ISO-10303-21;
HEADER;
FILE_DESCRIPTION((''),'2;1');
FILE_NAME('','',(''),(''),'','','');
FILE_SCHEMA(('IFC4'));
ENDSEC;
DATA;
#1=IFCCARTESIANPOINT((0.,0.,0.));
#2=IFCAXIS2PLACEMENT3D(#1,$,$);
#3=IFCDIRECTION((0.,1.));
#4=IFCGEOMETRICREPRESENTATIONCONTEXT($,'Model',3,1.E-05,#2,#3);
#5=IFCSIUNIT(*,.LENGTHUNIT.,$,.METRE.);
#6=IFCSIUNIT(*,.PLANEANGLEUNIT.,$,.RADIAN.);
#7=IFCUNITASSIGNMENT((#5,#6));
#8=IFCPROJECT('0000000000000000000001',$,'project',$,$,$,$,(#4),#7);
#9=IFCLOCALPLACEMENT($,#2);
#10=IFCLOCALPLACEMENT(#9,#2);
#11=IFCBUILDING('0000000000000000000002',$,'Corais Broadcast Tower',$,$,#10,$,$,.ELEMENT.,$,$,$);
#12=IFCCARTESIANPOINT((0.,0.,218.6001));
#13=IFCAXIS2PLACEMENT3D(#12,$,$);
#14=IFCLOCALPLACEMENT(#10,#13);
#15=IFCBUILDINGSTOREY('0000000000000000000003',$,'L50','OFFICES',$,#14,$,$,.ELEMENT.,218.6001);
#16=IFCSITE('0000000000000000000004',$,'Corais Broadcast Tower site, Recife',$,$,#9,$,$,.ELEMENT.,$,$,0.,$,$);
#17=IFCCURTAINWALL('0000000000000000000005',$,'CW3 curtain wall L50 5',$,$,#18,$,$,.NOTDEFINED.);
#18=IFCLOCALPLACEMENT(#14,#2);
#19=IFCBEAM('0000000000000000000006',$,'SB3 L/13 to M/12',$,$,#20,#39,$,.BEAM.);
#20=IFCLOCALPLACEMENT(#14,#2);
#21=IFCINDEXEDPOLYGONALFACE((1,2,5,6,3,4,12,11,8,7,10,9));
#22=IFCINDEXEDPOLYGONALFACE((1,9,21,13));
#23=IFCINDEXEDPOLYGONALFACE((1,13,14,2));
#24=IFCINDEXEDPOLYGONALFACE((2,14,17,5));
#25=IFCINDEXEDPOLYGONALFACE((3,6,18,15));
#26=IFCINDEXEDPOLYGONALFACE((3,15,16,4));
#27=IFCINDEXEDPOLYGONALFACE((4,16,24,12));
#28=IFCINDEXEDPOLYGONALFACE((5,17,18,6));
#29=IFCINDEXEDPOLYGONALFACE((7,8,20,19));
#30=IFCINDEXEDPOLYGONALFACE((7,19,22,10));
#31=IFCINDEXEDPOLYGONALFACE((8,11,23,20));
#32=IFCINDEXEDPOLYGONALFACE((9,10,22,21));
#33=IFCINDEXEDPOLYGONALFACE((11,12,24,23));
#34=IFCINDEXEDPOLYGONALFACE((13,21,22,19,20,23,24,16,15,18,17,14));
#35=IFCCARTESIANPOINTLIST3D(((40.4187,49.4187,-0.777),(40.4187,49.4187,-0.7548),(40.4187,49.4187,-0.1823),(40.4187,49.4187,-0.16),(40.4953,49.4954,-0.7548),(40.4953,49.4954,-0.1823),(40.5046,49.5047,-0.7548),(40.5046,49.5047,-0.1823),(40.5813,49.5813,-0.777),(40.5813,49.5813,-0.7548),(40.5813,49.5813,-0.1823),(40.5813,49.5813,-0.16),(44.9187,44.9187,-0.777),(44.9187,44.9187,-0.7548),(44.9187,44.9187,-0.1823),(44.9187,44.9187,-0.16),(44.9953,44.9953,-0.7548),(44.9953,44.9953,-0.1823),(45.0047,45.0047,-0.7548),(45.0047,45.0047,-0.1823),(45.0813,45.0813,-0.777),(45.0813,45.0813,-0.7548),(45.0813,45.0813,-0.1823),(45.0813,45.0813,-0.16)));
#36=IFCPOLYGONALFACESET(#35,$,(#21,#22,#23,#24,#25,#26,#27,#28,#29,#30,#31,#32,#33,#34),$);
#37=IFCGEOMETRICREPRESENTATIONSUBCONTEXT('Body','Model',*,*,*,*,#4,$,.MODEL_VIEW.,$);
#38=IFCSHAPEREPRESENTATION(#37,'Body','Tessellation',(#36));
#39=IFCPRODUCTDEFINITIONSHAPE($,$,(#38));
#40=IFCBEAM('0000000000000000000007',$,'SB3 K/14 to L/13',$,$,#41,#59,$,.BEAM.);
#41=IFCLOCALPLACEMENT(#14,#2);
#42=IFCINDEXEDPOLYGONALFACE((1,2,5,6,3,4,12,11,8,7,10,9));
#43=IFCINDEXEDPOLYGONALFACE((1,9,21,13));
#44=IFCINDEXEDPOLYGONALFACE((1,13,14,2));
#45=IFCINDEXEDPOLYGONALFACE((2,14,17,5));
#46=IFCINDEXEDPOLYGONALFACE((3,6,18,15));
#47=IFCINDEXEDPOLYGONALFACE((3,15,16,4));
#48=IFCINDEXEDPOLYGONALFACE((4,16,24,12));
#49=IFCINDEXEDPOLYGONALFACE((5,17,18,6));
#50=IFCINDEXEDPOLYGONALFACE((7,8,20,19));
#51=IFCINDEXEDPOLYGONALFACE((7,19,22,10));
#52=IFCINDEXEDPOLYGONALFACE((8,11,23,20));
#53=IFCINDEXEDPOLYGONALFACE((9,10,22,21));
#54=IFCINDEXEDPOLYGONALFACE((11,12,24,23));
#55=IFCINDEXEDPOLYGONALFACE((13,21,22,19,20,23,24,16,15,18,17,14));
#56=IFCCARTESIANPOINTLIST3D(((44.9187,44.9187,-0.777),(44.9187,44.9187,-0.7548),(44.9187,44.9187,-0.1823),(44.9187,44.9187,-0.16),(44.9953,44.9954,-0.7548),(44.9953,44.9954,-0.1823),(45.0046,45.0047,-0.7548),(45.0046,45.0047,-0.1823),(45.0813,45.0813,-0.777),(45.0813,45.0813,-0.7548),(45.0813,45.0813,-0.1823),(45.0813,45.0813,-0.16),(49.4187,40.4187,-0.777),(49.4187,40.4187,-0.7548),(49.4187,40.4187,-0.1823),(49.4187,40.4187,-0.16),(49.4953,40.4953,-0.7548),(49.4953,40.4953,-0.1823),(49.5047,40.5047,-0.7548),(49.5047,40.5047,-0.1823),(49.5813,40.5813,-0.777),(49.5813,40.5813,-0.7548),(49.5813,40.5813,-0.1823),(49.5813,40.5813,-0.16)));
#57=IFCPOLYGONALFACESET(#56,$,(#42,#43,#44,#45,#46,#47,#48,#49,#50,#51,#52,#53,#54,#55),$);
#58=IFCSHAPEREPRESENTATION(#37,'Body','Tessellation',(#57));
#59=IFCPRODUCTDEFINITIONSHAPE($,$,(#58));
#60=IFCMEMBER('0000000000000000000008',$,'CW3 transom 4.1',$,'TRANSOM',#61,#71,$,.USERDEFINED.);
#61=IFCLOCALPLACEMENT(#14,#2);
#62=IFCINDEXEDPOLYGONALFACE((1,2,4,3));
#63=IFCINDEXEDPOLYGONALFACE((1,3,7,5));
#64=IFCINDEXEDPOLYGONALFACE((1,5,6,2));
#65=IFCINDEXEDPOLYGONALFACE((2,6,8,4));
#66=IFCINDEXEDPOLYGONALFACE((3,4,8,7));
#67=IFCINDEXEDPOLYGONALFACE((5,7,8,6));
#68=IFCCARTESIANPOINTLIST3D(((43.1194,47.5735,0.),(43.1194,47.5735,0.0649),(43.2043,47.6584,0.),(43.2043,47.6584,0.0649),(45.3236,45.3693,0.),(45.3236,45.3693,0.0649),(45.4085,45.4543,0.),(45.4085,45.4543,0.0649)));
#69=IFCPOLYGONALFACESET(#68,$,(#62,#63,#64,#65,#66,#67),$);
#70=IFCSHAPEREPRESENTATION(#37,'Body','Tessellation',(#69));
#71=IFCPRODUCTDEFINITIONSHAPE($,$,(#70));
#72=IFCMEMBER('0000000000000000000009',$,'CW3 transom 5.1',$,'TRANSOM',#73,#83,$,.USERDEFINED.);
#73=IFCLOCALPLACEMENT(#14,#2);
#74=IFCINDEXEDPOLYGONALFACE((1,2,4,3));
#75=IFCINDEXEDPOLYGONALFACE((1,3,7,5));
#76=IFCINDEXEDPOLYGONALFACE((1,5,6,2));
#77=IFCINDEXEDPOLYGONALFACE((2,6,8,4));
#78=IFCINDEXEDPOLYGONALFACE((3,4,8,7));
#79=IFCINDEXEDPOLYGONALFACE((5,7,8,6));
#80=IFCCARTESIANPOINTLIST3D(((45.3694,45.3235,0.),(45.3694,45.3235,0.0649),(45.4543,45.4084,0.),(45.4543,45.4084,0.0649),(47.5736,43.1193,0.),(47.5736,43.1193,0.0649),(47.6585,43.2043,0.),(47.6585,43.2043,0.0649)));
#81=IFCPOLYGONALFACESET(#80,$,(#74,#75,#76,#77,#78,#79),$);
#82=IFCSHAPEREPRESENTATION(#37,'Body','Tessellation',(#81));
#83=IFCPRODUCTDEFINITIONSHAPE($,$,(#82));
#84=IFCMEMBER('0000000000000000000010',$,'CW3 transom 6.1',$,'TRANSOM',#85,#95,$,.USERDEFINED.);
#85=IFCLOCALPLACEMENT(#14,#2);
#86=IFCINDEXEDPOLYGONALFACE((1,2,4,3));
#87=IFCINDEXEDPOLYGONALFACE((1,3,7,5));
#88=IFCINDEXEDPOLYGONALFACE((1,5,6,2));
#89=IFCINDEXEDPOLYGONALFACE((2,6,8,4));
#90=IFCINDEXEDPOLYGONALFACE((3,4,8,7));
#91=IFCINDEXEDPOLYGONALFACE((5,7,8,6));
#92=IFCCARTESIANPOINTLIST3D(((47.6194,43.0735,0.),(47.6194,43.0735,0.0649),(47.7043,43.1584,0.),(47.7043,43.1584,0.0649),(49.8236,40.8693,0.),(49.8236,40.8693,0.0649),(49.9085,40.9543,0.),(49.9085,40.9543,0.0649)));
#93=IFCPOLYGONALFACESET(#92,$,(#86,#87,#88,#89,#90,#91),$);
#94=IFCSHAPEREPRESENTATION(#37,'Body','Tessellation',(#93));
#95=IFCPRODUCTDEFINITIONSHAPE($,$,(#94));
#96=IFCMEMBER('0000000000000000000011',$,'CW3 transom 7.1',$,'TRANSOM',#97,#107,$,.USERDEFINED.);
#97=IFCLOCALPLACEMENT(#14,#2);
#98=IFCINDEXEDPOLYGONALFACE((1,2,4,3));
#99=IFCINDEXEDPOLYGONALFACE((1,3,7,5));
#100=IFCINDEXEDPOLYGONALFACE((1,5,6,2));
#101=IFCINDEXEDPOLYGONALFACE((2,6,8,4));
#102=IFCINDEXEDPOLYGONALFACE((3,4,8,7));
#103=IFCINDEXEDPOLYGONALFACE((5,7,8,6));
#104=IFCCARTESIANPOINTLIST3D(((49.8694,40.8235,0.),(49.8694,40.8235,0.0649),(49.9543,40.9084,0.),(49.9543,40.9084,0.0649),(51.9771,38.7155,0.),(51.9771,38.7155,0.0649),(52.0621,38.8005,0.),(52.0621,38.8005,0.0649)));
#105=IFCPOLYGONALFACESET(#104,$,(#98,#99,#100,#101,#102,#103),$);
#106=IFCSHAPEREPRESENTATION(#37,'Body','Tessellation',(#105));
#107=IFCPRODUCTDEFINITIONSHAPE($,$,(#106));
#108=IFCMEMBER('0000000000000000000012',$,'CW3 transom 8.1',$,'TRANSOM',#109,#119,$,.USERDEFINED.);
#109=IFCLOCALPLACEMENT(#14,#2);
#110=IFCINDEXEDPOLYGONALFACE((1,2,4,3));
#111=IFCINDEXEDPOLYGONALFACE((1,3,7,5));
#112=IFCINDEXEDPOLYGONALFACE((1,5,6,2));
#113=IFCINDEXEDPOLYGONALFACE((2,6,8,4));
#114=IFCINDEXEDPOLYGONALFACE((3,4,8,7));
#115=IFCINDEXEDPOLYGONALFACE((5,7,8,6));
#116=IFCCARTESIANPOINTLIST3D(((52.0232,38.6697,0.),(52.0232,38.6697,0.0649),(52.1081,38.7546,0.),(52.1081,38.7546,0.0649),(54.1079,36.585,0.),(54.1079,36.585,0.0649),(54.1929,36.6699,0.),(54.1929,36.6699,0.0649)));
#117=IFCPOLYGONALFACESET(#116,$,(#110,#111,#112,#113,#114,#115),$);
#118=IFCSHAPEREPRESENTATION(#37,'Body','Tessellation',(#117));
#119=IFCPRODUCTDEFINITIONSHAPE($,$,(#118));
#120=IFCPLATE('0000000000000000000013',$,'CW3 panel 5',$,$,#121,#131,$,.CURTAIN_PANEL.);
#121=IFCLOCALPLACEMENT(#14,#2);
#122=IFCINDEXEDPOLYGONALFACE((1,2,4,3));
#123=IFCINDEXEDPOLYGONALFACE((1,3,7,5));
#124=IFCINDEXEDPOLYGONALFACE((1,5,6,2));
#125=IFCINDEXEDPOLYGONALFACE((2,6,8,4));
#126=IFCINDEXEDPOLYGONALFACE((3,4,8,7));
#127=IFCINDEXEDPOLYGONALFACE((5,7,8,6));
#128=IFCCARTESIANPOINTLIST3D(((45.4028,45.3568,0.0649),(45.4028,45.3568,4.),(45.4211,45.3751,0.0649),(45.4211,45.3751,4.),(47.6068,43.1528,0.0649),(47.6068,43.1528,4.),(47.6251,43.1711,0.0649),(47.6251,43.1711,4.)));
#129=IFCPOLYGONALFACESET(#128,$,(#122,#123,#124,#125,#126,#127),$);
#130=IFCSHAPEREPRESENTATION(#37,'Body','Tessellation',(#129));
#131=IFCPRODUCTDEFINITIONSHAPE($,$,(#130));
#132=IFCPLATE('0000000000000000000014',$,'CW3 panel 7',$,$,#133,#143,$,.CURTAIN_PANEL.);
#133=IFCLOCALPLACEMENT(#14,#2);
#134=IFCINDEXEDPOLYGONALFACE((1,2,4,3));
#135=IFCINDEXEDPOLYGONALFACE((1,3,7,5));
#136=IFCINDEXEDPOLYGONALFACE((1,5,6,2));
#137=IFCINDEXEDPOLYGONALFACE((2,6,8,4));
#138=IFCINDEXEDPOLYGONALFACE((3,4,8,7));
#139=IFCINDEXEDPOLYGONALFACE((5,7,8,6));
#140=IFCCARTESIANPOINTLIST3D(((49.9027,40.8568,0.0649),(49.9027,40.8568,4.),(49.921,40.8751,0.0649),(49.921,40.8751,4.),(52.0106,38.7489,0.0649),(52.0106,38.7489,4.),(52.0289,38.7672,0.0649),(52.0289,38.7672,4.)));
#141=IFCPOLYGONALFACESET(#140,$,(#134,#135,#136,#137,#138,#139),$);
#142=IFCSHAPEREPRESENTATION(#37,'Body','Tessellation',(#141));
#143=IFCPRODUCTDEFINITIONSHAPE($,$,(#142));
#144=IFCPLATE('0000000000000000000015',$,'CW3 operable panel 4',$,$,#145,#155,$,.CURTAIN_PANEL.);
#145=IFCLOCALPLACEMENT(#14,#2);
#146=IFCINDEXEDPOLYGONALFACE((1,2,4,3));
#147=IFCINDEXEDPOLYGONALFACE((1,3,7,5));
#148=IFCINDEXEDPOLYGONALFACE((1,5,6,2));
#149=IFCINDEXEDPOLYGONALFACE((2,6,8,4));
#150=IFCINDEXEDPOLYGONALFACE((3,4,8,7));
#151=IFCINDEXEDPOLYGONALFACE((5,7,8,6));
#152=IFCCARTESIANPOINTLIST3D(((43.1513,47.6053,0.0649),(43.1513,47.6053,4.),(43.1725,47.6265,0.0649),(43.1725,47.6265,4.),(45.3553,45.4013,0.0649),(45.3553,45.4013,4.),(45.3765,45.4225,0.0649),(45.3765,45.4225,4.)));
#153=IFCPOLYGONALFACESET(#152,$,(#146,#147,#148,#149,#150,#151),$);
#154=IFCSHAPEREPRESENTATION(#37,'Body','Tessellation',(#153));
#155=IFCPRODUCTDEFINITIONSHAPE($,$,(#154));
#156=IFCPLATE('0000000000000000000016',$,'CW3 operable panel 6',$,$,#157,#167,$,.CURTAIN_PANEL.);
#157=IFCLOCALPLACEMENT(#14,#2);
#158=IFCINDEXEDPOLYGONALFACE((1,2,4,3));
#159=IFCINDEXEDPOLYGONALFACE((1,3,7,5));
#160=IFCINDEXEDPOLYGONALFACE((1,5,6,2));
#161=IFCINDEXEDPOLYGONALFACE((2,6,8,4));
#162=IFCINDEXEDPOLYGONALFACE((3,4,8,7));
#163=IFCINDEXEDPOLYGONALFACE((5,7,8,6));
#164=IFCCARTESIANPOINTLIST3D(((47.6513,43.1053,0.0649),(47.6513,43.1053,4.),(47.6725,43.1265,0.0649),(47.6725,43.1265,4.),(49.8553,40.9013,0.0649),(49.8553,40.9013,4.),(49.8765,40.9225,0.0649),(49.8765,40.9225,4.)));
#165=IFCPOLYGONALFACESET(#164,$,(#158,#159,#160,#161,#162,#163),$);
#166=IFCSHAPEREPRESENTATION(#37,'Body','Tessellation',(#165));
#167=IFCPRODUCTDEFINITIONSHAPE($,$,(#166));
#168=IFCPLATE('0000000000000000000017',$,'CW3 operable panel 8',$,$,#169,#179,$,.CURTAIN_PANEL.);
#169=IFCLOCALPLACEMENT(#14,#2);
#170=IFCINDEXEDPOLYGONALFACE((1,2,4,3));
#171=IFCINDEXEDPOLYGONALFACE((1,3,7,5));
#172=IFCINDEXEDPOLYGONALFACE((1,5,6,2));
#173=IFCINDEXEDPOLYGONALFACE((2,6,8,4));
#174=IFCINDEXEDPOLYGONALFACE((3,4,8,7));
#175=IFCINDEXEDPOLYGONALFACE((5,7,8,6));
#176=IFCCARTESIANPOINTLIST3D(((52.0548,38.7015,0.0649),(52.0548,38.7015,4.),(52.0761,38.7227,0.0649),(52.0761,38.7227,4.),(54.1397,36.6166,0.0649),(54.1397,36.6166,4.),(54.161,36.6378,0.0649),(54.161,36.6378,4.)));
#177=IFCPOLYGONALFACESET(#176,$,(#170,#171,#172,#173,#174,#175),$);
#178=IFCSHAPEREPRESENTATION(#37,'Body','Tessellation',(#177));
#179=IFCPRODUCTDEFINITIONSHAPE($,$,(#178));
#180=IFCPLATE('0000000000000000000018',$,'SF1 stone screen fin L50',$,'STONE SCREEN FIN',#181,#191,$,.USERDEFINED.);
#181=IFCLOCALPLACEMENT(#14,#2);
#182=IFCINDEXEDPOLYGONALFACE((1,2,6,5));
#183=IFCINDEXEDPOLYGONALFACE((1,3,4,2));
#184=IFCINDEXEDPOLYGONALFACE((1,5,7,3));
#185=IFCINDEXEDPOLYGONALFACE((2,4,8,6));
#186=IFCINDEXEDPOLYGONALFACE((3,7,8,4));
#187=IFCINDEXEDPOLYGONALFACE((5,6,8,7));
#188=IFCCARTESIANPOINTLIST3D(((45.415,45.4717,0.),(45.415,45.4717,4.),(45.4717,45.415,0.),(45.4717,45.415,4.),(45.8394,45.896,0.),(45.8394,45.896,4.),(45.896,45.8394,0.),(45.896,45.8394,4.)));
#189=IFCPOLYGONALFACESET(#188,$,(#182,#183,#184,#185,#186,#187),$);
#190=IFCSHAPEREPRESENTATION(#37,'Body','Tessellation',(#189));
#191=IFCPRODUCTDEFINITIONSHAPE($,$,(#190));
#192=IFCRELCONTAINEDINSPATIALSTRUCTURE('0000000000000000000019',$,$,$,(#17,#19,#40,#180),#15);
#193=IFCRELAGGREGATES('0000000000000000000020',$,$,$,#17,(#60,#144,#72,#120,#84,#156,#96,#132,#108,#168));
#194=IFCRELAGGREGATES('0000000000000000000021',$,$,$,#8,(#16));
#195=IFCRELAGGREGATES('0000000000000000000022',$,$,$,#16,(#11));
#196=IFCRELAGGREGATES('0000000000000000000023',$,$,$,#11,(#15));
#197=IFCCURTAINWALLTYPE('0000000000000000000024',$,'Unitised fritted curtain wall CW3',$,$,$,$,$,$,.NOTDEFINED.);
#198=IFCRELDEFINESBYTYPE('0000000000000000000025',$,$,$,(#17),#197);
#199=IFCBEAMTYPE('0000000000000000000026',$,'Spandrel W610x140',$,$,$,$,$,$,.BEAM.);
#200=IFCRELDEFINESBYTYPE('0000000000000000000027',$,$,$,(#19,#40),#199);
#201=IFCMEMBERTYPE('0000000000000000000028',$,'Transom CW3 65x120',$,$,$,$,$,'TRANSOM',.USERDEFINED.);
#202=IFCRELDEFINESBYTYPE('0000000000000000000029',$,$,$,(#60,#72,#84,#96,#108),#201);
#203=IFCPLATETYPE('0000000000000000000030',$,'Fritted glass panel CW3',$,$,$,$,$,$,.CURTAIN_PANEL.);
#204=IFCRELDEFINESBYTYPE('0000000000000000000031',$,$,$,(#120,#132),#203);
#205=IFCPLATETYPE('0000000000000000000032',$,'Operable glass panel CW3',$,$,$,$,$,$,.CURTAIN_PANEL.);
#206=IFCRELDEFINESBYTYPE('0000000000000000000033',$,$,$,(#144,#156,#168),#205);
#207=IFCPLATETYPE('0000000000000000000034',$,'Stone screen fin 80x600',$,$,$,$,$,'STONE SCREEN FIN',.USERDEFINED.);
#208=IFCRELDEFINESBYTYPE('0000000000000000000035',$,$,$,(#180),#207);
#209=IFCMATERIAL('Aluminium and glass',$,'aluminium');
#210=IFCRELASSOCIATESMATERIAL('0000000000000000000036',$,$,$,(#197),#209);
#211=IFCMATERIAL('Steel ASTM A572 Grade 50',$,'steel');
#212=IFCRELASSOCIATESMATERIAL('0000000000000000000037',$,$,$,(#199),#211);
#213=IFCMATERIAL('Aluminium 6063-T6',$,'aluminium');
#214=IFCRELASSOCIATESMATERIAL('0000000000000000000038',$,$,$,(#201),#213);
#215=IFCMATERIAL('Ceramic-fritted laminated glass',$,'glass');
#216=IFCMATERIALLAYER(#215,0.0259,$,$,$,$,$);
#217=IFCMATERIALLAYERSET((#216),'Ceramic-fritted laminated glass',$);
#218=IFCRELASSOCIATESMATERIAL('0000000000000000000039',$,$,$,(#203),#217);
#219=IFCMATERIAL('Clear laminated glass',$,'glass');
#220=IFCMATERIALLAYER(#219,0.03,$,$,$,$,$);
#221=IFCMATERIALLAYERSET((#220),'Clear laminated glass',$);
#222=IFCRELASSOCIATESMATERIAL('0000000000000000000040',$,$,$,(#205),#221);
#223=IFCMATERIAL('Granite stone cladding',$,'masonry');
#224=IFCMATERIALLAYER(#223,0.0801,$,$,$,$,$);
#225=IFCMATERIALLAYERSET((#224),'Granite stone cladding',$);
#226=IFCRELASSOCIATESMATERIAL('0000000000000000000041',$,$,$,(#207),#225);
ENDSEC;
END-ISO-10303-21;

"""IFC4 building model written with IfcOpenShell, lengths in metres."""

from ifc_helpers import new_model, si_unit, direction, frame, origin, origin_2d, place, context, subcontext, project, spatial, rectangle, i_section, extrude, material, layer, layer_set, material_profile, profile_set, type_object, element, aggregate, save


model = new_model("IFC4")

# Units and contexts
model_context = context("Model", 3, precision=1e-05, world=origin(), true_north=direction((0.0, 1.0)))
body_context = subcontext(model_context, "Body", "Model", "MODEL_VIEW")
ifc_project = project(units=[si_unit("LENGTHUNIT", "METRE"), si_unit("PLANEANGLEUNIT", "RADIAN")], contexts=[model_context])

# Site, building, storey
site_placement = place(None, origin())
site = spatial("IfcSite", under=ifc_project, at=site_placement, Name="Corais Broadcast Tower site, Recife", CompositionType="ELEMENT", RefElevation=0.0)
building_placement = place(site_placement, origin())
building = spatial("IfcBuilding", under=site, at=building_placement, Name="Corais Broadcast Tower", CompositionType="ELEMENT")
storey_placement = place(building_placement, frame((0.0, 0.0, 218.6001)))
storey = spatial("IfcBuildingStorey", under=building, at=storey_placement, Name="L50", Description="OFFICES", CompositionType="ELEMENT", Elevation=218.6001)

# Curtain wall
ifc_material_1 = material(Name="Aluminium and glass", Category="aluminium")
curtain_wall_type = type_object("IfcCurtainWallType", Name="Unitised fritted curtain wall CW3", PredefinedType="NOTDEFINED", material=ifc_material_1)
curtain_wall_1_placement = place(storey_placement, origin())
curtain_wall_1 = element("IfcCurtainWall", 1, at=curtain_wall_1_placement, inside=storey, type_object=curtain_wall_type, Name="CW3 curtain wall L50 5", PredefinedType="NOTDEFINED")

# Beams
ifc_material_2 = material(Name="Steel ASTM A572 Grade 50", Category="steel")
ifc_material_profile_1 = material_profile(ifc_material_2, i_section(OverallWidth=0.23, OverallDepth=0.6169, WebThickness=0.0132, FlangeThickness=0.0222, at=origin_2d()), Name="W610x140")
ifc_profile_set_1 = profile_set([ifc_material_profile_1], Name="Steel ASTM A572 Grade 50")
beam_type_1 = type_object("IfcBeamType", Name="Spandrel W610x140", PredefinedType="BEAM", material=ifc_profile_set_1)
for number, where, z_axis, x_axis, name in (
    (2, (45.0, 45.0, -0.4685), (-0.707107, 0.707107, 0.0), (-0.707107, -0.707107, 0.0), "SB3 L/13 to M/12"),
    (3, (49.5, 40.5, -0.4685), (-0.707107, 0.707107, 0.0), (-0.707107, -0.707107, 0.0), "SB3 K/14 to L/13"),
):
    element("IfcBeam", number, at=place(storey_placement, frame(where, z_axis=z_axis, x_axis=x_axis)), inside=storey, type_object=beam_type_1, Name=name, PredefinedType="BEAM", context=body_context, shape_type="SweptSolid", body=[
        extrude(i_section(OverallWidth=0.23, OverallDepth=0.6169, WebThickness=0.0132, FlangeThickness=0.0222, at=origin_2d()), origin(), (0.0, 0.0, 1.0), 6.364),
    ])

# Members
ifc_material_3 = material(Name="Aluminium 6063-T6", Category="aluminium")
ifc_material_profile_2 = material_profile(ifc_material_3, rectangle(XDim=0.1201, YDim=0.0649, at=origin_2d()), Name="Transom CW3 65x120")
ifc_profile_set_2 = profile_set([ifc_material_profile_2], Name="Aluminium 6063-T6")
member_type_1 = type_object("IfcMemberType", Name="Transom CW3 65x120", ElementType="TRANSOM", PredefinedType="USERDEFINED", material=ifc_profile_set_2)
member_1_placement = place(storey_placement, frame((43.1619, 47.616, 0.0325), z_axis=(0.707107, -0.707107, 0.0), x_axis=(0.707107, 0.707107, 0.0)))
member_1 = element("IfcMember", 4, at=member_1_placement, type_object=member_type_1, Name="CW3 transom 4.1", ObjectType="TRANSOM", PredefinedType="USERDEFINED", context=body_context, shape_type="SweptSolid", body=[
    extrude(rectangle(XDim=0.1201, YDim=0.0649, at=origin_2d()), origin(), (0.0, 0.0, 1.0), 3.1172),
])
member_2_placement = place(storey_placement, frame((45.4119, 45.366, 0.0325), z_axis=(0.707107, -0.707107, 0.0), x_axis=(0.707107, 0.707107, 0.0)))
member_2 = element("IfcMember", 5, at=member_2_placement, type_object=member_type_1, Name="CW3 transom 5.1", ObjectType="TRANSOM", PredefinedType="USERDEFINED", context=body_context, shape_type="SweptSolid", body=[
    extrude(rectangle(XDim=0.1201, YDim=0.0649, at=origin_2d()), origin(), (0.0, 0.0, 1.0), 3.1172),
])
member_3_placement = place(storey_placement, frame((47.6619, 43.116, 0.0325), z_axis=(0.707107, -0.707107, 0.0), x_axis=(0.707107, 0.707107, 0.0)))
member_3 = element("IfcMember", 6, at=member_3_placement, type_object=member_type_1, Name="CW3 transom 6.1", ObjectType="TRANSOM", PredefinedType="USERDEFINED", context=body_context, shape_type="SweptSolid", body=[
    extrude(rectangle(XDim=0.1201, YDim=0.0649, at=origin_2d()), origin(), (0.0, 0.0, 1.0), 3.1172),
])
member_4_placement = place(storey_placement, frame((49.9119, 40.866, 0.0325), z_axis=(0.707066, -0.707148, 0.0), x_axis=(0.707148, 0.707066, 0.0)))
member_4 = element("IfcMember", 7, at=member_4_placement, type_object=member_type_1, Name="CW3 transom 7.1", ObjectType="TRANSOM", PredefinedType="USERDEFINED", context=body_context, shape_type="SweptSolid", body=[
    extrude(rectangle(XDim=0.1201, YDim=0.0649, at=origin_2d()), origin(), (0.0, 0.0, 1.0), 2.981),
])
member_5_placement = place(storey_placement, frame((52.0657, 38.7122, 0.0325), z_axis=(0.707107, -0.707107, 0.0), x_axis=(0.707107, 0.707107, 0.0)))
member_5 = element("IfcMember", 8, at=member_5_placement, type_object=member_type_1, Name="CW3 transom 8.1", ObjectType="TRANSOM", PredefinedType="USERDEFINED", context=body_context, shape_type="SweptSolid", body=[
    extrude(rectangle(XDim=0.1201, YDim=0.0649, at=origin_2d()), origin(), (0.0, 0.0, 1.0), 2.9482),
])

# Plates
ifc_material_4 = material(Name="Ceramic-fritted laminated glass", Category="glass")
ifc_layer_1 = layer(ifc_material_4, 0.0259)
ifc_layer_set_1 = layer_set([ifc_layer_1], Name="Ceramic-fritted laminated glass")
plate_type_1 = type_object("IfcPlateType", Name="Fritted glass panel CW3", PredefinedType="CURTAIN_PANEL", material=ifc_layer_set_1)
plate_1_placement = place(storey_placement, frame((46.5139, 44.2639, 0.0649), z_axis=(0.0, 0.0, 1.0), x_axis=(0.707107, -0.707107, 0.0)))
plate_1 = element("IfcPlate", 9, at=plate_1_placement, type_object=plate_type_1, Name="CW3 panel 5", PredefinedType="CURTAIN_PANEL", context=body_context, shape_type="SweptSolid", body=[
    extrude(rectangle(XDim=3.1169, YDim=0.0259, at=origin_2d()), origin(), (0.0, 0.0, 1.0), 3.9351),
])
plate_2_placement = place(storey_placement, frame((50.9658, 39.812, 0.0649), z_axis=(0.0, 0.0, 1.0), x_axis=(0.707107, -0.707107, 0.0)))
plate_2 = element("IfcPlate", 10, at=plate_2_placement, type_object=plate_type_1, Name="CW3 panel 7", PredefinedType="CURTAIN_PANEL", context=body_context, shape_type="SweptSolid", body=[
    extrude(rectangle(XDim=2.981, YDim=0.0259, at=origin_2d()), origin(), (0.0, 0.0, 1.0), 3.9351),
])
ifc_material_5 = material(Name="Clear laminated glass", Category="glass")
ifc_layer_2 = layer(ifc_material_5, 0.03)
ifc_layer_set_2 = layer_set([ifc_layer_2], Name="Clear laminated glass")
plate_type_2 = type_object("IfcPlateType", Name="Operable glass panel CW3", PredefinedType="CURTAIN_PANEL", material=ifc_layer_set_2)
plate_3_placement = place(storey_placement, frame((44.2639, 46.5139, 0.0649), z_axis=(0.0, 0.0, 1.0), x_axis=(0.707107, -0.707107, 0.0)))
plate_3 = element("IfcPlate", 11, at=plate_3_placement, type_object=plate_type_2, Name="CW3 operable panel 4", PredefinedType="CURTAIN_PANEL", context=body_context, shape_type="SweptSolid", body=[
    extrude(rectangle(XDim=3.1169, YDim=0.03, at=origin_2d()), origin(), (0.0, 0.0, 1.0), 3.9351),
])
plate_4_placement = place(storey_placement, frame((48.7639, 42.0139, 0.0649), z_axis=(0.0, 0.0, 1.0), x_axis=(0.707107, -0.707107, 0.0)))
plate_4 = element("IfcPlate", 12, at=plate_4_placement, type_object=plate_type_2, Name="CW3 operable panel 6", PredefinedType="CURTAIN_PANEL", context=body_context, shape_type="SweptSolid", body=[
    extrude(rectangle(XDim=3.1169, YDim=0.03, at=origin_2d()), origin(), (0.0, 0.0, 1.0), 3.9351),
])
plate_5_placement = place(storey_placement, frame((53.1079, 37.6697, 0.0649), z_axis=(0.0, 0.0, 1.0), x_axis=(0.707107, -0.707107, 0.0)))
plate_5 = element("IfcPlate", 13, at=plate_5_placement, type_object=plate_type_2, Name="CW3 operable panel 8", PredefinedType="CURTAIN_PANEL", context=body_context, shape_type="SweptSolid", body=[
    extrude(rectangle(XDim=2.9485, YDim=0.03, at=origin_2d()), origin(), (0.0, 0.0, 1.0), 3.9351),
])
aggregate(curtain_wall_1, [member_1, plate_3, member_2, plate_1, member_3, plate_4, member_4, plate_2, member_5, plate_5])

# Plate
ifc_material_6 = material(Name="Granite stone cladding", Category="masonry")
ifc_layer_3 = layer(ifc_material_6, 0.0801)
ifc_layer_set_3 = layer_set([ifc_layer_3], Name="Granite stone cladding")
plate_type_3 = type_object("IfcPlateType", Name="Stone screen fin 80x600", ElementType="STONE SCREEN FIN", PredefinedType="USERDEFINED", material=ifc_layer_set_3)
for number, where, z_axis, x_axis, name in (
    (14, (45.6555, 45.6555, 0.0), (0.0, 0.0, 1.0), (0.707107, -0.707107, 0.0), "SF1 stone screen fin L50"),
):
    element("IfcPlate", number, at=place(storey_placement, frame(where, z_axis=z_axis, x_axis=x_axis)), inside=storey, type_object=plate_type_3, Name=name, ObjectType="STONE SCREEN FIN", PredefinedType="USERDEFINED", context=body_context, shape_type="SweptSolid", body=[
        extrude(rectangle(XDim=0.0801, YDim=0.6001, at=origin_2d()), origin(), (0.0, 0.0, 1.0), 4.0),
    ])

save(model, "model.ifc")
